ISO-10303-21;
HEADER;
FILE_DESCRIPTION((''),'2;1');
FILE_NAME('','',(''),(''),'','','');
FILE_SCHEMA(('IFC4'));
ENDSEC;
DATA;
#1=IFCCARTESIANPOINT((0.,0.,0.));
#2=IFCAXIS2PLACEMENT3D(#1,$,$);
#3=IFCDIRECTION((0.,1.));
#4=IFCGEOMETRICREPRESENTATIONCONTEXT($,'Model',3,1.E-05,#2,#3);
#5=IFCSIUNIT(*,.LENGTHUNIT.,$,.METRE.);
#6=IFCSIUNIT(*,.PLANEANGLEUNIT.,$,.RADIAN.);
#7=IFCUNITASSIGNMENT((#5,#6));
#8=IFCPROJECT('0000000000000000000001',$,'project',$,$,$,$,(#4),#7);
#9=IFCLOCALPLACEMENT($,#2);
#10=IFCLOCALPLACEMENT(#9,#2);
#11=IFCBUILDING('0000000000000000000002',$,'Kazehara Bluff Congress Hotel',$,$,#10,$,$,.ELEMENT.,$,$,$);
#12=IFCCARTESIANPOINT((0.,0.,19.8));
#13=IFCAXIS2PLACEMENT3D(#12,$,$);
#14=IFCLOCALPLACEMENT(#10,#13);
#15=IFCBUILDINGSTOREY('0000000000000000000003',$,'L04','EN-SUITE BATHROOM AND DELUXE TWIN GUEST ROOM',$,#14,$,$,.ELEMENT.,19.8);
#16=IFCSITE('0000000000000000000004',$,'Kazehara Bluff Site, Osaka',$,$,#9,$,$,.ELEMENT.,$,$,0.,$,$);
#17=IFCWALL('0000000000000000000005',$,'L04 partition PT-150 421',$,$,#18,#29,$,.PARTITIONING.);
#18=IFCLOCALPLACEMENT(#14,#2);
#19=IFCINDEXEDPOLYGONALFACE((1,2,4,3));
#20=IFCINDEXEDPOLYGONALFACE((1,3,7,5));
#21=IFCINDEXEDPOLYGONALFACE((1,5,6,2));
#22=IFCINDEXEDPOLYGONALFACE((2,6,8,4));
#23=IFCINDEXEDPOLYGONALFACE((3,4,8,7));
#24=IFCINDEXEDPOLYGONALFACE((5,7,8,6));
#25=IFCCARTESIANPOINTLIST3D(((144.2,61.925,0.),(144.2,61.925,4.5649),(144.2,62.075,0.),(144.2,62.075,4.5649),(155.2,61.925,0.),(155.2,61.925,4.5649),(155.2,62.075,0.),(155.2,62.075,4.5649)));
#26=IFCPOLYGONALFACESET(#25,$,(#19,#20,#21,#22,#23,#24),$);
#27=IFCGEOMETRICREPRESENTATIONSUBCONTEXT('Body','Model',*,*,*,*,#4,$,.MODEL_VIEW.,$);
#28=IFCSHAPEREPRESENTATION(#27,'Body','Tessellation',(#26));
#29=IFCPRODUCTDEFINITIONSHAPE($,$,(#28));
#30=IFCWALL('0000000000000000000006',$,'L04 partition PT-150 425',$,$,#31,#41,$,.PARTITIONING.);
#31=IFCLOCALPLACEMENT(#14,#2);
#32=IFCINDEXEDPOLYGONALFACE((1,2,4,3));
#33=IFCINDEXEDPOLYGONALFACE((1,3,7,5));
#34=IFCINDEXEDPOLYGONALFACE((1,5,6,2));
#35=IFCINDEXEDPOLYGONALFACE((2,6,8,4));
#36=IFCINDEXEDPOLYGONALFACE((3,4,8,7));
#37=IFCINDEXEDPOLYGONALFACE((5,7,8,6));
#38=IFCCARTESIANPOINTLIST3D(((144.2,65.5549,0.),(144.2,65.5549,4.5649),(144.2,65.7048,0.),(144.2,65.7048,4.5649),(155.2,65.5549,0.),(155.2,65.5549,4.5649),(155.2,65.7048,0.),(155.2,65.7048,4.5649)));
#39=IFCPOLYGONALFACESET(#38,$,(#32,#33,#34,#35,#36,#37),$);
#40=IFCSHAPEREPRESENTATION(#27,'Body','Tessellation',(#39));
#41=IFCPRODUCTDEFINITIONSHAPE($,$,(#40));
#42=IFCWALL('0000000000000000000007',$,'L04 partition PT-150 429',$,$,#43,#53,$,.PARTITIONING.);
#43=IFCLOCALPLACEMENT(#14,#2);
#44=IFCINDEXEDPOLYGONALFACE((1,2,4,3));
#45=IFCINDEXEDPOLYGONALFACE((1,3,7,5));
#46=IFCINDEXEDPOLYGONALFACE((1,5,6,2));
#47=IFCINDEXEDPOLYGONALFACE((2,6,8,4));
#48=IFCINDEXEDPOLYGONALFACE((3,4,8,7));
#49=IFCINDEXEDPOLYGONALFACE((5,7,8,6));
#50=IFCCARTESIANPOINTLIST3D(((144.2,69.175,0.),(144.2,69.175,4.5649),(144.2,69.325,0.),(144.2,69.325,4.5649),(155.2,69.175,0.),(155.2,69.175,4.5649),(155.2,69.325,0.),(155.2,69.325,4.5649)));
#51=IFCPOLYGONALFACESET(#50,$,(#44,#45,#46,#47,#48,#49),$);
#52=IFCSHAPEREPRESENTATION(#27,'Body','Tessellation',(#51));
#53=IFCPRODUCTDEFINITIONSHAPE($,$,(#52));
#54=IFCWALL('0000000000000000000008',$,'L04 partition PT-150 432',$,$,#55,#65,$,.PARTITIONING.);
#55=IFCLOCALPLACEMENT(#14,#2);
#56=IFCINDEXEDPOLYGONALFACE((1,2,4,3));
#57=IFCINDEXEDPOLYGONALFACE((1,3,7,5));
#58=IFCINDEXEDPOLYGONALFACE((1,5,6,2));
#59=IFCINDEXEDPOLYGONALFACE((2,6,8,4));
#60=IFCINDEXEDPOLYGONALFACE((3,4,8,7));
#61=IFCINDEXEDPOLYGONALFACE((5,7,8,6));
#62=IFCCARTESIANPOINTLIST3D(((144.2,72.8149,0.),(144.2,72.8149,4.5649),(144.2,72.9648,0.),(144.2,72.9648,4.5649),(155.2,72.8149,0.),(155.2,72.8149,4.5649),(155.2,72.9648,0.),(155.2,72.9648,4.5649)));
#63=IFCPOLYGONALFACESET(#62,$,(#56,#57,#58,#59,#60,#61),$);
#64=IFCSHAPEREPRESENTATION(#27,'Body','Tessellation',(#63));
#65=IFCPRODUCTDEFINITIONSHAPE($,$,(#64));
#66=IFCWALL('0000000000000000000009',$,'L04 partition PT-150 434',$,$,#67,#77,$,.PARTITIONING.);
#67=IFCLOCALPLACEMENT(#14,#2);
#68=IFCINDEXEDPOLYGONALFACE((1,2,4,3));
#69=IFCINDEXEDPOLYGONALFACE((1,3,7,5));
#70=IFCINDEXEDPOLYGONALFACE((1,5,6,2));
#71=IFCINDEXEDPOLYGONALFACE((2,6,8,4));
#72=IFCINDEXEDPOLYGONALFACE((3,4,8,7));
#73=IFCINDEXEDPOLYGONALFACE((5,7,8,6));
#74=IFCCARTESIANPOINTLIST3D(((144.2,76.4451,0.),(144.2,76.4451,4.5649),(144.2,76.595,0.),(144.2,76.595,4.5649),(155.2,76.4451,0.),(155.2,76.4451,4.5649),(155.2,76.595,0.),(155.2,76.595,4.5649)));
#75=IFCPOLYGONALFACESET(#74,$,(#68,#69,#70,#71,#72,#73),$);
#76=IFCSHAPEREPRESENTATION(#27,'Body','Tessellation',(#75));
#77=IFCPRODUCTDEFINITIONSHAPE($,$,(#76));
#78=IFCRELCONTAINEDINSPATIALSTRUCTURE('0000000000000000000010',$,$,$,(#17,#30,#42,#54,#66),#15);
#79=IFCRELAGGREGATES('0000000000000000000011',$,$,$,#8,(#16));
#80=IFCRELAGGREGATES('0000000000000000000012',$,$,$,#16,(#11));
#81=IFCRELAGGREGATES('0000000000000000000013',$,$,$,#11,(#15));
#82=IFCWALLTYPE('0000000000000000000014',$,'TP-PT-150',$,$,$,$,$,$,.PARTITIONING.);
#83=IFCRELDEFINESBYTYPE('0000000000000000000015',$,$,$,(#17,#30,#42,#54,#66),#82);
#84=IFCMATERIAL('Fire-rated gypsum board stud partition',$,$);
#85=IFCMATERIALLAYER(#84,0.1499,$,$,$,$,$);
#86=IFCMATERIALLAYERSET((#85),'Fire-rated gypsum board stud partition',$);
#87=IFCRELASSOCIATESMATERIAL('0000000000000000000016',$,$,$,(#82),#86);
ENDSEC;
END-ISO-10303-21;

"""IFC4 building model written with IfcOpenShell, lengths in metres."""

from ifc_helpers import new_model, si_unit, direction, frame, frame_2d, origin, place, context, subcontext, project, spatial, rectangle, extrude, material, layer, layer_set, type_object, element, save


model = new_model("IFC4")

# Units and contexts
model_context = context("Model", 3, precision=1e-05, world=origin(), true_north=direction((0.0, 1.0)))
body_context = subcontext(model_context, "Body", "Model", "MODEL_VIEW")
ifc_project = project(units=[si_unit("LENGTHUNIT", "METRE"), si_unit("PLANEANGLEUNIT", "RADIAN")], contexts=[model_context])

# Site, building, storey
site_placement = place(None, origin())
site = spatial("IfcSite", under=ifc_project, at=site_placement, Name="Kazehara Bluff Site, Osaka", CompositionType="ELEMENT", RefElevation=0.0)
building_placement = place(site_placement, origin())
building = spatial("IfcBuilding", under=site, at=building_placement, Name="Kazehara Bluff Congress Hotel", CompositionType="ELEMENT")
storey_placement = place(building_placement, frame((0.0, 0.0, 19.8)))
storey = spatial("IfcBuildingStorey", under=building, at=storey_placement, Name="L04", Description="EN-SUITE BATHROOM AND DELUXE TWIN GUEST ROOM", CompositionType="ELEMENT", Elevation=19.8)

# Walls
ifc_material_1 = material(Name="Fire-rated gypsum board stud partition")
ifc_layer_1 = layer(ifc_material_1, 0.1499)
ifc_layer_set_1 = layer_set([ifc_layer_1], Name="Fire-rated gypsum board stud partition")
wall_type = type_object("IfcWallType", Name="TP-PT-150", PredefinedType="PARTITIONING", material=ifc_layer_set_1)
for number, where, z_axis, x_axis, name in (
    (1, (144.2, 62.0, 0.0), (0.0, 0.0, 1.0), (1.0, 0.0, 0.0), "L04 partition PT-150 421"),
    (2, (144.2, 65.6299, 0.0), (0.0, 0.0, 1.0), (1.0, 0.0, 0.0), "L04 partition PT-150 425"),
    (3, (144.2, 69.25, 0.0), (0.0, 0.0, 1.0), (1.0, 0.0, 0.0), "L04 partition PT-150 429"),
    (4, (144.2, 72.8899, 0.0), (0.0, 0.0, 1.0), (1.0, 0.0, 0.0), "L04 partition PT-150 432"),
    (5, (144.2, 76.52, 0.0), (0.0, 0.0, 1.0), (1.0, 0.0, 0.0), "L04 partition PT-150 434"),
):
    element("IfcWall", number, at=place(storey_placement, frame(where, z_axis=z_axis, x_axis=x_axis)), inside=storey, type_object=wall_type, Name=name, PredefinedType="PARTITIONING", context=body_context, shape_type="SweptSolid", body=[
        extrude(rectangle(XDim=11.0, YDim=0.1499, at=frame_2d((5.5, 0.0))), origin(), (0.0, 0.0, 1.0), 4.5649),
    ])

save(model, "model.ifc")
